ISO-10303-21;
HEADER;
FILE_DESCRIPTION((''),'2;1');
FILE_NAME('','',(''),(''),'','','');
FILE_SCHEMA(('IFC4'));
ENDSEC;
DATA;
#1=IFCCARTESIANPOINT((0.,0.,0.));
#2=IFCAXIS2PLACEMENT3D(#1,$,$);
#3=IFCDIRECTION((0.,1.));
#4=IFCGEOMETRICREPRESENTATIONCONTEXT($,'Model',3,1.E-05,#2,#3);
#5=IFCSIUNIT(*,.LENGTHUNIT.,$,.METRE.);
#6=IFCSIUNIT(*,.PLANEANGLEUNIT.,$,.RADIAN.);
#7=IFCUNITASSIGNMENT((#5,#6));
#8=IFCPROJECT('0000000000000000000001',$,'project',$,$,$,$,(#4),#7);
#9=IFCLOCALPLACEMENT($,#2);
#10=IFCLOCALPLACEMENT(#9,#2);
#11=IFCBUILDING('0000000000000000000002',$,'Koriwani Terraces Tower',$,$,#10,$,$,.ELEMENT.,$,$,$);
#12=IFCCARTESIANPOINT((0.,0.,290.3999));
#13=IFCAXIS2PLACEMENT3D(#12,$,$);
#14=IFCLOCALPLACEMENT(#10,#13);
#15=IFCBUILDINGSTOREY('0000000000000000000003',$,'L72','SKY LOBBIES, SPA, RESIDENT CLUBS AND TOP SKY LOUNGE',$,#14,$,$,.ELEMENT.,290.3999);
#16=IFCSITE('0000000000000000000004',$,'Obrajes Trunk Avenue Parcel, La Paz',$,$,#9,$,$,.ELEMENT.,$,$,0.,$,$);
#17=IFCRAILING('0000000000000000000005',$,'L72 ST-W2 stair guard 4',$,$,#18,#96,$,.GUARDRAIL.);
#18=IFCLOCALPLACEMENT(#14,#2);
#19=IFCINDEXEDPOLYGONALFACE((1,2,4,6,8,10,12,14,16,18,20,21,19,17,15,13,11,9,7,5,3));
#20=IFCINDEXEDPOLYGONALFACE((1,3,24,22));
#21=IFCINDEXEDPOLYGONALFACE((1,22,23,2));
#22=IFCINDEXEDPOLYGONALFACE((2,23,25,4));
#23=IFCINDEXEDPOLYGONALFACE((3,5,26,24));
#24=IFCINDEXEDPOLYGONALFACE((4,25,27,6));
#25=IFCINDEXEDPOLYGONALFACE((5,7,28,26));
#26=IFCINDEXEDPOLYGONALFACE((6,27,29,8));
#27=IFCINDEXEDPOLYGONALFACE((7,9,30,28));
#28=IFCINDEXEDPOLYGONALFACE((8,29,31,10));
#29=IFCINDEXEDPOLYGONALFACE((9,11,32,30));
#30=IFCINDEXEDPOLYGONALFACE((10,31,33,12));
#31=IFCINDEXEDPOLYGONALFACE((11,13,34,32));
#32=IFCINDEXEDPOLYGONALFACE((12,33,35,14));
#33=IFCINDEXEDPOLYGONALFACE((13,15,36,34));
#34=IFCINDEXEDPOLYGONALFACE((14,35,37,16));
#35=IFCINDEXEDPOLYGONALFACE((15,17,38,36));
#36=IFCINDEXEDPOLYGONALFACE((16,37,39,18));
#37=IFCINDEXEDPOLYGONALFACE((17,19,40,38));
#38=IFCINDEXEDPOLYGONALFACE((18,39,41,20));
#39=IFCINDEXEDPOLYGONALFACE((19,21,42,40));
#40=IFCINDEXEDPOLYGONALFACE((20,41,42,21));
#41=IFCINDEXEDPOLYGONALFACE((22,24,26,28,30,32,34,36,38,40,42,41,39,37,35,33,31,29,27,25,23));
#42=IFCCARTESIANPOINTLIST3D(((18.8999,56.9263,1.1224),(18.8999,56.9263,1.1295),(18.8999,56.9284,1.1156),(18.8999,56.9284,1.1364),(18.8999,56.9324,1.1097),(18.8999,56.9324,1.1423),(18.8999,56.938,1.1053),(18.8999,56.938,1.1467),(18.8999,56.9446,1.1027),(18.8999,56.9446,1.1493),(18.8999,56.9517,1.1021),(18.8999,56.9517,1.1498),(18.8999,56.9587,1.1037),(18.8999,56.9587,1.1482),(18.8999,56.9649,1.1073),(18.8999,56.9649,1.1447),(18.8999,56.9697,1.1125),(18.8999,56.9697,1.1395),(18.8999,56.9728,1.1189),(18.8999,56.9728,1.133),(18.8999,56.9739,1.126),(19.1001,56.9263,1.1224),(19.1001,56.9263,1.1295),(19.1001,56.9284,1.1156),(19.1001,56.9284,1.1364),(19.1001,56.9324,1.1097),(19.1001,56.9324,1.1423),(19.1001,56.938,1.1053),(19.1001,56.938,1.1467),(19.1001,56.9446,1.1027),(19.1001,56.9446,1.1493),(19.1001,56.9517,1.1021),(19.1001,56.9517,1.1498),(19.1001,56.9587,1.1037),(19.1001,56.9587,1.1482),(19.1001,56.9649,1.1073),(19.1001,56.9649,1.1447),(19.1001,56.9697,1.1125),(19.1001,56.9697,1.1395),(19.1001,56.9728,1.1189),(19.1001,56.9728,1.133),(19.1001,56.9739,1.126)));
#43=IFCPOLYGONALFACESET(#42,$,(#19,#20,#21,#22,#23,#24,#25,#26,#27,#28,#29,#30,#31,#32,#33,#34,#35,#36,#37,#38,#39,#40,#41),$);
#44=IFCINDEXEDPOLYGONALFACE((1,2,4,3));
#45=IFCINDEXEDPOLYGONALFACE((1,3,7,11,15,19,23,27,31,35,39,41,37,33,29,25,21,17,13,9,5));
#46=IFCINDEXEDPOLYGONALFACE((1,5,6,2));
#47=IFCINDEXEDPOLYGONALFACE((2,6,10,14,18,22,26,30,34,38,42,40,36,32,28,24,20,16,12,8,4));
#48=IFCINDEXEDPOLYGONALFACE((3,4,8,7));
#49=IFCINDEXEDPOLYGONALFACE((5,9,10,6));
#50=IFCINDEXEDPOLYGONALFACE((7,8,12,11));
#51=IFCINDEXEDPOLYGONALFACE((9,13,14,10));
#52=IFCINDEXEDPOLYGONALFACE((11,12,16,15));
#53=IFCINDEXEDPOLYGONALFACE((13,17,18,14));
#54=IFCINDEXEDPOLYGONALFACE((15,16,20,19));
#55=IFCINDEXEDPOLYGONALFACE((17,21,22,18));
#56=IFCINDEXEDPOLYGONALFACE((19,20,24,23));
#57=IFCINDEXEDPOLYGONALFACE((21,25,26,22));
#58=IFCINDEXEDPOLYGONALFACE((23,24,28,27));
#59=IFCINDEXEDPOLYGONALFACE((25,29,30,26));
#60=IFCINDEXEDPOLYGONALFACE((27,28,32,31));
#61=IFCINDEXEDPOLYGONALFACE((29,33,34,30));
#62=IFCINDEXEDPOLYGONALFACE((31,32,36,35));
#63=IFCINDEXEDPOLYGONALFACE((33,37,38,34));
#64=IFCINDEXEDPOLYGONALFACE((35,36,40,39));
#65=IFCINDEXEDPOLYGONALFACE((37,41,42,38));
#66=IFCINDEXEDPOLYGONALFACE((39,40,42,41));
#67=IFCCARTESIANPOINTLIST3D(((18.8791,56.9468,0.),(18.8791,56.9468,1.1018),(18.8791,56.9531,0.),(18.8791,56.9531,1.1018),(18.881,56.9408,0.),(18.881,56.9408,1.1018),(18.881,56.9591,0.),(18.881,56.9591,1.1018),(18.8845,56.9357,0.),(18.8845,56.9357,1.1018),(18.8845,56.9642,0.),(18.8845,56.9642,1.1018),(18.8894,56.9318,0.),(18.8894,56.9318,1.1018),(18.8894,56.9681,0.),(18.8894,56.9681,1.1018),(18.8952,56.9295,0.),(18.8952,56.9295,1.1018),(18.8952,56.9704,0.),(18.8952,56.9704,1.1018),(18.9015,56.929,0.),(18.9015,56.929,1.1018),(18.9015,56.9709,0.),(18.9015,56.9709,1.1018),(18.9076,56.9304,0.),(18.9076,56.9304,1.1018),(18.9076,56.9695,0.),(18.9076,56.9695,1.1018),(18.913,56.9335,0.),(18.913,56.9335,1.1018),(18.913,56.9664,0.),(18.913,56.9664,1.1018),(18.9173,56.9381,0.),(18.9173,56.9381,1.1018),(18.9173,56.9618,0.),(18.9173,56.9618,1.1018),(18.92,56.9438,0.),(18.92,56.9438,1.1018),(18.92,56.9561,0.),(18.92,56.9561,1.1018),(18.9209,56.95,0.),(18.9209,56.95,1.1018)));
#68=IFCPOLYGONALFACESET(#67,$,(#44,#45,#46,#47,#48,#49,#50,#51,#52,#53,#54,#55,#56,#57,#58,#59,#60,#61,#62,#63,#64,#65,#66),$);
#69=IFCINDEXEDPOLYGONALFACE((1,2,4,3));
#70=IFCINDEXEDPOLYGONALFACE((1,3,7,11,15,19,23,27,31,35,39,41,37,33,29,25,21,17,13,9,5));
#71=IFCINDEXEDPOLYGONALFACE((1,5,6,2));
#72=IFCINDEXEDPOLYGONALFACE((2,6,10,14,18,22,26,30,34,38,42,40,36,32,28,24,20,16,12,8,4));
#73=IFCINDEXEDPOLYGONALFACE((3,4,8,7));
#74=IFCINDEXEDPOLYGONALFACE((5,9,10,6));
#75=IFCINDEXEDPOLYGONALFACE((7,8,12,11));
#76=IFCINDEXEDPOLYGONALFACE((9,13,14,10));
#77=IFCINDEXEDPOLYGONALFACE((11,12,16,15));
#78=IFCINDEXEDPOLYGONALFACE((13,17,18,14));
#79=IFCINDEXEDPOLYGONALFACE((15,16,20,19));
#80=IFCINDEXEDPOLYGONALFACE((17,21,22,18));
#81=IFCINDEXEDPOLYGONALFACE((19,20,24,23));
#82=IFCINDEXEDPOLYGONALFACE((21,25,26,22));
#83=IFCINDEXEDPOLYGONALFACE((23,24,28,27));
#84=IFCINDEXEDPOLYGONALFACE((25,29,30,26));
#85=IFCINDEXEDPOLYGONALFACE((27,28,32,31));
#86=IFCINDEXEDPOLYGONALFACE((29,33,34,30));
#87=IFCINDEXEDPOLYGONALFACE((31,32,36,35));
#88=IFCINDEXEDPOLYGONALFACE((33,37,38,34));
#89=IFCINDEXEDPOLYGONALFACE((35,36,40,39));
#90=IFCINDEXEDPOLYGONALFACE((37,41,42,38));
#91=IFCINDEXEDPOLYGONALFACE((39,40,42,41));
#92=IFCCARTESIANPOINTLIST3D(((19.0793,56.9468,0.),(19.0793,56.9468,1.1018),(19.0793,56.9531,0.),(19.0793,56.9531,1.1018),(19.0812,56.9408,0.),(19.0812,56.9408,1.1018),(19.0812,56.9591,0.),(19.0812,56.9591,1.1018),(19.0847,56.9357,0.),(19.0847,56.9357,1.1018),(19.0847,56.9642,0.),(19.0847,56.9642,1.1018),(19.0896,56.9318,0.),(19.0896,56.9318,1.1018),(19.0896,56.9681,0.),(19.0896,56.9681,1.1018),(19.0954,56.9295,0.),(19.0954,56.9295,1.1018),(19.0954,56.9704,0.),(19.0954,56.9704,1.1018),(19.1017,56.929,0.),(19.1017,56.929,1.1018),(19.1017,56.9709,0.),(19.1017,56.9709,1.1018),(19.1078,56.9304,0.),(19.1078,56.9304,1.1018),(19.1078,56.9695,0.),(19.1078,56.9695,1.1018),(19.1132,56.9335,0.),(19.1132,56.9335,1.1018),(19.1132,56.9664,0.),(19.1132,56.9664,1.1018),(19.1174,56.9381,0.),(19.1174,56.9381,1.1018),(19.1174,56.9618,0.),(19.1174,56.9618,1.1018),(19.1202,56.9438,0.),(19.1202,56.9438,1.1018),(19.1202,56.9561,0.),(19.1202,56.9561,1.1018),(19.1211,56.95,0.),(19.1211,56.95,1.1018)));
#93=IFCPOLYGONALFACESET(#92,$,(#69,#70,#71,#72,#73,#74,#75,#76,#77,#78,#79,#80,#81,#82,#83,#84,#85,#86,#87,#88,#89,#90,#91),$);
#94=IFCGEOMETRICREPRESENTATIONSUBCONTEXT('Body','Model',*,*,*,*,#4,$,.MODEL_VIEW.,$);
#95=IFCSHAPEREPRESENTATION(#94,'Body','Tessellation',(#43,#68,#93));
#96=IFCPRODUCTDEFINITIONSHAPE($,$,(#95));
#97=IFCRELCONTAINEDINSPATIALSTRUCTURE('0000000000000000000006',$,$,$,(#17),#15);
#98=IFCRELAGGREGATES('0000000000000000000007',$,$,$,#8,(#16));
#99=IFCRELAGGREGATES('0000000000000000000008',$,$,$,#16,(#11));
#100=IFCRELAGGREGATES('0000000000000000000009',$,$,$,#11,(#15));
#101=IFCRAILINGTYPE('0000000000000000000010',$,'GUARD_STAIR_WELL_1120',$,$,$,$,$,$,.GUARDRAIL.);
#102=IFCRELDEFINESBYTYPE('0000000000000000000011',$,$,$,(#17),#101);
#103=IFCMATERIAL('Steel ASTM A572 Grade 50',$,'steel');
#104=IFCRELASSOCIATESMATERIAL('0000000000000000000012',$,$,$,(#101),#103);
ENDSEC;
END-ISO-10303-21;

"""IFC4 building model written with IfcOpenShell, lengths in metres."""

from ifc_helpers import new_model, si_unit, direction, frame, origin, origin_2d, place, context, subcontext, project, spatial, circle, extrude, material, type_object, element, save


model = new_model("IFC4")

# Units and contexts
model_context = context("Model", 3, precision=1e-05, world=origin(), true_north=direction((0.0, 1.0)))
body_context = subcontext(model_context, "Body", "Model", "MODEL_VIEW")
ifc_project = project(units=[si_unit("LENGTHUNIT", "METRE"), si_unit("PLANEANGLEUNIT", "RADIAN")], contexts=[model_context])

# Site, building, storey
site_placement = place(None, origin())
site = spatial("IfcSite", under=ifc_project, at=site_placement, Name="Obrajes Trunk Avenue Parcel, La Paz", CompositionType="ELEMENT", RefElevation=0.0)
building_placement = place(site_placement, origin())
building = spatial("IfcBuilding", under=site, at=building_placement, Name="Koriwani Terraces Tower", CompositionType="ELEMENT")
storey_placement = place(building_placement, frame((0.0, 0.0, 290.3999)))
storey = spatial("IfcBuildingStorey", under=building, at=storey_placement, Name="L72", Description="SKY LOBBIES, SPA, RESIDENT CLUBS AND TOP SKY LOUNGE", CompositionType="ELEMENT", Elevation=290.3999)

# Railing
ifc_material_1 = material(Name="Steel ASTM A572 Grade 50", Category="steel")
railing_type_1 = type_object("IfcRailingType", Name="GUARD_STAIR_WELL_1120", PredefinedType="GUARDRAIL", material=ifc_material_1)
railing_1_placement = place(storey_placement, frame((18.8999, 56.95, 0.0)))
element("IfcRailing", 1, at=railing_1_placement, inside=storey, type_object=railing_type_1, Name="L72 ST-W2 stair guard 4", PredefinedType="GUARDRAIL", context=body_context, shape_type="SweptSolid", body=[
    extrude(circle(Radius=0.0239, at=origin_2d()), frame((0.0, 0.0, 1.126), z_axis=(1.0, 0.0, 0.0), x_axis=(0.0, 1.0, 0.0)), (0.0, 0.0, 1.0), 0.2002),
    extrude(circle(Radius=0.021, at=origin_2d()), origin(), (0.0, 0.0, 1.0), 1.1018),
    extrude(circle(Radius=0.021, at=origin_2d()), frame((0.2002, 0.0, 0.0)), (0.0, 0.0, 1.0), 1.1018),
])

save(model, "model.ifc")
